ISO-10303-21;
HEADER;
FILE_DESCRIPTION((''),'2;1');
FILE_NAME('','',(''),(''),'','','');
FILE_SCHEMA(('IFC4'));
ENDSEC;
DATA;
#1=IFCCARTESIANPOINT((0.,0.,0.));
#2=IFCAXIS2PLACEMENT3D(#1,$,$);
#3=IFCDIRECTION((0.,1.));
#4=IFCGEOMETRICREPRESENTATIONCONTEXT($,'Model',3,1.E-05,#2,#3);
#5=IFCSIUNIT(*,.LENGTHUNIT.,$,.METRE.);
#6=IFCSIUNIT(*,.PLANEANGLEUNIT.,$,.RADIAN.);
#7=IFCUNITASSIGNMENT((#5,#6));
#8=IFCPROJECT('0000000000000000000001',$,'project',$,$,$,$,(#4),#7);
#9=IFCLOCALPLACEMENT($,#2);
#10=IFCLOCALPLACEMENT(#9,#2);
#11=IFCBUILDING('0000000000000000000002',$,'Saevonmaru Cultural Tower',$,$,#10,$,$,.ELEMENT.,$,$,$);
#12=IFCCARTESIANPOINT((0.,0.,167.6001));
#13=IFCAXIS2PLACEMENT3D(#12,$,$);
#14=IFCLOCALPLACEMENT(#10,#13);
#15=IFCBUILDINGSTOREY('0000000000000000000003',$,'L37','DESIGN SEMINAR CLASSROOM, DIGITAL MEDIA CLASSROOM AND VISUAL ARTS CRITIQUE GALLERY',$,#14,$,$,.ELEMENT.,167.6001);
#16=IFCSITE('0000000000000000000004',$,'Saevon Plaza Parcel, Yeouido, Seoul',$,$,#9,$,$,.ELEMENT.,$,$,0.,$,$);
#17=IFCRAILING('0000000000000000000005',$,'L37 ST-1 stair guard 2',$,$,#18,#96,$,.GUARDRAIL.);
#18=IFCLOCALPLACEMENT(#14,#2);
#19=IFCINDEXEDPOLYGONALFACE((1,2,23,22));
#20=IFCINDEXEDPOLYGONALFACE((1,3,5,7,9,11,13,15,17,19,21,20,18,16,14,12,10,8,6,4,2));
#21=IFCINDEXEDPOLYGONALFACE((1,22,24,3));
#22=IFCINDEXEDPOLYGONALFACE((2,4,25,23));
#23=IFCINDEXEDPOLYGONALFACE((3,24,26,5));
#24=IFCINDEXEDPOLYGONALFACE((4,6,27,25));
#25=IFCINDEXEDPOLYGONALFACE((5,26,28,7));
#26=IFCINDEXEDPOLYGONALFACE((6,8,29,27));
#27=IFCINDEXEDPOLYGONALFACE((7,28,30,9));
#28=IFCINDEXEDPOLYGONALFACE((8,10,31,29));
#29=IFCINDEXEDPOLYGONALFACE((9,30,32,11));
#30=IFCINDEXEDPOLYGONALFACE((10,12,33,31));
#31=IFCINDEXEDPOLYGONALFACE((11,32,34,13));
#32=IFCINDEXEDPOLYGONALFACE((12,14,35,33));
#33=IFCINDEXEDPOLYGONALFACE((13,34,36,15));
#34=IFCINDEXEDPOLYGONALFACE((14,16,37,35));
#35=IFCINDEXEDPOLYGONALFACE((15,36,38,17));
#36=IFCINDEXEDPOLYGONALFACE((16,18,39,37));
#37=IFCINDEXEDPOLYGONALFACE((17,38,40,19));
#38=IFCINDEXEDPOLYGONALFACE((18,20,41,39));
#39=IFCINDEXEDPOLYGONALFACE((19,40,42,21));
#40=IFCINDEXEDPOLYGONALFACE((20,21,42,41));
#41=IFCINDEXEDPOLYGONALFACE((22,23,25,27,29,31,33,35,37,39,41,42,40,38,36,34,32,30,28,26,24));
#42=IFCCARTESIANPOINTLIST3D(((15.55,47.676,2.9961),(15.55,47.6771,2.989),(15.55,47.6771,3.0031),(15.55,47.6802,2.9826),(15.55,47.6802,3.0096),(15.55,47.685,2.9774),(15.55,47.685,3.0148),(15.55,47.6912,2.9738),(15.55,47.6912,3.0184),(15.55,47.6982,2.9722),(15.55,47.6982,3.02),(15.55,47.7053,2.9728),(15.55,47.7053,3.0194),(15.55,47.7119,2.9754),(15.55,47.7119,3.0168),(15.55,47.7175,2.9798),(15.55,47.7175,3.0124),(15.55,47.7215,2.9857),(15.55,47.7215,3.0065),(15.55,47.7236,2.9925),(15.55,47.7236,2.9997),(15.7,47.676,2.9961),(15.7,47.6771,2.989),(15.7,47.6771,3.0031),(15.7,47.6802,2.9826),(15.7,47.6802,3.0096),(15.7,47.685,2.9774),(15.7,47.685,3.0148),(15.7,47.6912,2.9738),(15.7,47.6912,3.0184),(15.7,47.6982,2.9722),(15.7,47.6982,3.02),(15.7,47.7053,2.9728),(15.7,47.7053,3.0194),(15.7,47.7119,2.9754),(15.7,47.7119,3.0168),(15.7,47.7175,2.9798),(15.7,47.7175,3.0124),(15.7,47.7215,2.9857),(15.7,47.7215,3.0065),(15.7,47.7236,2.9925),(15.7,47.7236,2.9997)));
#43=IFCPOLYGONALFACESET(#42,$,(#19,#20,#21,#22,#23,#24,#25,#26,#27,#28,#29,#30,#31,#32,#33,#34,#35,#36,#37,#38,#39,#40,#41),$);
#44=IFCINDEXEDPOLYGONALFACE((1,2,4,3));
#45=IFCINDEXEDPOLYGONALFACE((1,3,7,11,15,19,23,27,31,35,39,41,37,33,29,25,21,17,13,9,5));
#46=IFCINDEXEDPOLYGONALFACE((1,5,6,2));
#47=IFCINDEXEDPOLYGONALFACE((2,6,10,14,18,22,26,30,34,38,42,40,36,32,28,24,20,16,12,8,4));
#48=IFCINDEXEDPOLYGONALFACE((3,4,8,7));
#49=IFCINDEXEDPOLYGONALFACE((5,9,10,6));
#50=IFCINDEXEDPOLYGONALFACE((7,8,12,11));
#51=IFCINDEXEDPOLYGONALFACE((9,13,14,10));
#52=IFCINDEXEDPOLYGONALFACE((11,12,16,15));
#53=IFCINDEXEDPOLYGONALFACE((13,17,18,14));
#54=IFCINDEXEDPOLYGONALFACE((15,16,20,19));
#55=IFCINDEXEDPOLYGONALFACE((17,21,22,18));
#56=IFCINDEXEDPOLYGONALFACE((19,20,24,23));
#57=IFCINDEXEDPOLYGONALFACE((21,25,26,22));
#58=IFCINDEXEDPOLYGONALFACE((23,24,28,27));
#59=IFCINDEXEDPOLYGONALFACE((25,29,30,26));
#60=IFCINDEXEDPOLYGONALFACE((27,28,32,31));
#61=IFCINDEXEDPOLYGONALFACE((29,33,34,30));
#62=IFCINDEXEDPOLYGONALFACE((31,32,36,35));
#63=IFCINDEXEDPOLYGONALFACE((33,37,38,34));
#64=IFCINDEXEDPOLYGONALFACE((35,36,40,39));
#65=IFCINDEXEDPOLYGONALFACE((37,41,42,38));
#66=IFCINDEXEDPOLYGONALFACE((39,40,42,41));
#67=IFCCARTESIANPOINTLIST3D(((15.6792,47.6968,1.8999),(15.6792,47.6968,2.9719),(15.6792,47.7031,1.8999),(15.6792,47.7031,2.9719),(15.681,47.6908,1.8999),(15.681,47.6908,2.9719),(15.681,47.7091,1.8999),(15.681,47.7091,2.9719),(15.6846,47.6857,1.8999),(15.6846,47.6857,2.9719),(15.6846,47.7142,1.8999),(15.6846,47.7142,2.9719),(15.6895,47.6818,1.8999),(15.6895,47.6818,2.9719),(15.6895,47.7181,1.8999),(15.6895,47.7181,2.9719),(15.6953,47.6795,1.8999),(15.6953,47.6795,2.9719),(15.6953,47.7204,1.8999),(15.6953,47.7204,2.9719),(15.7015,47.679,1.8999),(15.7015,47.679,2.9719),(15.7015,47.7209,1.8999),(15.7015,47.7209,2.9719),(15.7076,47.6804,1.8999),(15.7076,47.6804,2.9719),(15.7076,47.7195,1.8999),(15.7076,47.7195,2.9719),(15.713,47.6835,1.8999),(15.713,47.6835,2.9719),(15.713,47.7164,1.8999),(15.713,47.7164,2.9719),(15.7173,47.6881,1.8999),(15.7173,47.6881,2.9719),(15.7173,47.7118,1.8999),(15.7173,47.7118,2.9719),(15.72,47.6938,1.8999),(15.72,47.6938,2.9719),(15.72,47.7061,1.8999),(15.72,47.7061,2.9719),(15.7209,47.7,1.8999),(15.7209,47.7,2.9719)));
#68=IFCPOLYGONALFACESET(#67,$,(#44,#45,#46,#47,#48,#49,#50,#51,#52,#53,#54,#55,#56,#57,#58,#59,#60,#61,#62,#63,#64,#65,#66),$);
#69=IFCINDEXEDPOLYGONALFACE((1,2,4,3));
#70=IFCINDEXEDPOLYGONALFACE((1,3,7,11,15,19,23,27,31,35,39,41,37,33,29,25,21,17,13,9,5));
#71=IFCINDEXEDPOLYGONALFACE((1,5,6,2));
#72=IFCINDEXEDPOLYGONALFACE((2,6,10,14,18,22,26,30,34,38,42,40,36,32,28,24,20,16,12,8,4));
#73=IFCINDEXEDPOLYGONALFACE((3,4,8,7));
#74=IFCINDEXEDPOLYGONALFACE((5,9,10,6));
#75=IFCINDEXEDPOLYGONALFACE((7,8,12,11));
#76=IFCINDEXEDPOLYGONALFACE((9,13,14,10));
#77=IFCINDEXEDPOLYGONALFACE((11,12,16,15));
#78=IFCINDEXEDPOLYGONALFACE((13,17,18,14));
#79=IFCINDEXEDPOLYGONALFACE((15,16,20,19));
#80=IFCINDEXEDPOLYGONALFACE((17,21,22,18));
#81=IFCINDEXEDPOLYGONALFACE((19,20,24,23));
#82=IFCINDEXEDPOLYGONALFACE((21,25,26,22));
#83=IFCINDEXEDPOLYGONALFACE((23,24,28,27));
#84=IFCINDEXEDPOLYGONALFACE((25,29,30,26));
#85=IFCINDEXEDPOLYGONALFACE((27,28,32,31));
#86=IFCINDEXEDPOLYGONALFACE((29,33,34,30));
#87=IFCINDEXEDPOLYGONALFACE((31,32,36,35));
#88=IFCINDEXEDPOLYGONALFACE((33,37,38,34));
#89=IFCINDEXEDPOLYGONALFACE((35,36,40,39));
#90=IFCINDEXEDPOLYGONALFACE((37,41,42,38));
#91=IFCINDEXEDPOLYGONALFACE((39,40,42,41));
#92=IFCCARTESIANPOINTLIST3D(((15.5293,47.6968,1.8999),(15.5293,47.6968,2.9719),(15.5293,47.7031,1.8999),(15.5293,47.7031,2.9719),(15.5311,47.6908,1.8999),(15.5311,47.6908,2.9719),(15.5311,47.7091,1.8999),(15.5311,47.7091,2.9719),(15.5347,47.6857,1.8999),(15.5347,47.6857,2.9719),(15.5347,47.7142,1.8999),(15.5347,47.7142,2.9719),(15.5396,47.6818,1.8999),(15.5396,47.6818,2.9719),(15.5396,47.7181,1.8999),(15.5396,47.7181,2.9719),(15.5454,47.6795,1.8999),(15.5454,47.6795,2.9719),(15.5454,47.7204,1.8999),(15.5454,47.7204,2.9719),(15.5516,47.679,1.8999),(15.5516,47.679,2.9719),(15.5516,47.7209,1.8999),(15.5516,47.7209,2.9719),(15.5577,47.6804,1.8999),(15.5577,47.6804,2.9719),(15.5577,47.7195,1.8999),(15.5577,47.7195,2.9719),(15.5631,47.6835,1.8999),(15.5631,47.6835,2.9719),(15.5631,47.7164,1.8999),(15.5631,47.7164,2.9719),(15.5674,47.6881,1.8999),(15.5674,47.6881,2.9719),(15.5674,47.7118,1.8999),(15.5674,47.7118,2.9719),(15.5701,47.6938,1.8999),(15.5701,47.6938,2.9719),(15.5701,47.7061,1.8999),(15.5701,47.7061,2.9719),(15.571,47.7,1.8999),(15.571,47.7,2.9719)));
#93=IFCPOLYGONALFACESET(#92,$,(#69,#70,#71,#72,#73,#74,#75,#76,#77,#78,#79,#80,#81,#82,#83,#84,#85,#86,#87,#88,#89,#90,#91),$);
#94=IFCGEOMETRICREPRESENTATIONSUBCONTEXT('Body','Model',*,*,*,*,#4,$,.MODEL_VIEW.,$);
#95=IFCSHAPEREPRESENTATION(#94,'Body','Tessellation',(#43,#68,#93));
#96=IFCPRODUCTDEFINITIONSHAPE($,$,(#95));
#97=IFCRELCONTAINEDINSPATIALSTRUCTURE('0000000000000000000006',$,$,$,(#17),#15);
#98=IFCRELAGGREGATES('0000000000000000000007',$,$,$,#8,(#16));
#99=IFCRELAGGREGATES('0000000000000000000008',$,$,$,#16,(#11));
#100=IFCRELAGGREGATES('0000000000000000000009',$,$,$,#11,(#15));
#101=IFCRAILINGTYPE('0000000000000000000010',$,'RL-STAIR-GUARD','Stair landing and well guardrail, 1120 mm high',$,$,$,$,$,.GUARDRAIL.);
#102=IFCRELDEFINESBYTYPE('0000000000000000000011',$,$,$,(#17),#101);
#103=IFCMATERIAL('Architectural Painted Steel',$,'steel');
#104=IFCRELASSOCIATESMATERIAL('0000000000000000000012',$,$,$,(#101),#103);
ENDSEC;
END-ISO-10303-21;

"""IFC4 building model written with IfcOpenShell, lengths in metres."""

from ifc_helpers import new_model, si_unit, direction, frame, origin, origin_2d, place, context, subcontext, project, spatial, circle, extrude, material, type_object, element, save


model = new_model("IFC4")

# Units and contexts
model_context = context("Model", 3, precision=1e-05, world=origin(), true_north=direction((0.0, 1.0)))
body_context = subcontext(model_context, "Body", "Model", "MODEL_VIEW")
ifc_project = project(units=[si_unit("LENGTHUNIT", "METRE"), si_unit("PLANEANGLEUNIT", "RADIAN")], contexts=[model_context])

# Site, building, storey
site_placement = place(None, origin())
site = spatial("IfcSite", under=ifc_project, at=site_placement, Name="Saevon Plaza Parcel, Yeouido, Seoul", CompositionType="ELEMENT", RefElevation=0.0)
building_placement = place(site_placement, origin())
building = spatial("IfcBuilding", under=site, at=building_placement, Name="Saevonmaru Cultural Tower", CompositionType="ELEMENT")
storey_placement = place(building_placement, frame((0.0, 0.0, 167.6001)))
storey = spatial("IfcBuildingStorey", under=building, at=storey_placement, Name="L37", Description="DESIGN SEMINAR CLASSROOM, DIGITAL MEDIA CLASSROOM AND VISUAL ARTS CRITIQUE GALLERY", CompositionType="ELEMENT", Elevation=167.6001)

# Railing
ifc_material_1 = material(Name="Architectural Painted Steel", Category="steel")
railing_type_1 = type_object("IfcRailingType", Name="RL-STAIR-GUARD", Description="Stair landing and well guardrail, 1120 mm high", PredefinedType="GUARDRAIL", material=ifc_material_1)
railing_1_placement = place(storey_placement, frame((15.7, 47.7, 1.8999)))
element("IfcRailing", 1, at=railing_1_placement, inside=storey, type_object=railing_type_1, Name="L37 ST-1 stair guard 2", PredefinedType="GUARDRAIL", context=body_context, shape_type="SweptSolid", body=[
    extrude(circle(Radius=0.0239, at=origin_2d()), frame((0.0, 0.0, 1.0962), z_axis=(-1.0, 0.0, 0.0), x_axis=(0.0, -1.0, 0.0)), (0.0, 0.0, 1.0), 0.1499),
    extrude(circle(Radius=0.021, at=origin_2d()), origin(), (0.0, 0.0, 1.0), 1.072),
    extrude(circle(Radius=0.021, at=origin_2d()), frame((-0.1499, 0.0, 0.0)), (0.0, 0.0, 1.0), 1.072),
])

save(model, "model.ifc")
